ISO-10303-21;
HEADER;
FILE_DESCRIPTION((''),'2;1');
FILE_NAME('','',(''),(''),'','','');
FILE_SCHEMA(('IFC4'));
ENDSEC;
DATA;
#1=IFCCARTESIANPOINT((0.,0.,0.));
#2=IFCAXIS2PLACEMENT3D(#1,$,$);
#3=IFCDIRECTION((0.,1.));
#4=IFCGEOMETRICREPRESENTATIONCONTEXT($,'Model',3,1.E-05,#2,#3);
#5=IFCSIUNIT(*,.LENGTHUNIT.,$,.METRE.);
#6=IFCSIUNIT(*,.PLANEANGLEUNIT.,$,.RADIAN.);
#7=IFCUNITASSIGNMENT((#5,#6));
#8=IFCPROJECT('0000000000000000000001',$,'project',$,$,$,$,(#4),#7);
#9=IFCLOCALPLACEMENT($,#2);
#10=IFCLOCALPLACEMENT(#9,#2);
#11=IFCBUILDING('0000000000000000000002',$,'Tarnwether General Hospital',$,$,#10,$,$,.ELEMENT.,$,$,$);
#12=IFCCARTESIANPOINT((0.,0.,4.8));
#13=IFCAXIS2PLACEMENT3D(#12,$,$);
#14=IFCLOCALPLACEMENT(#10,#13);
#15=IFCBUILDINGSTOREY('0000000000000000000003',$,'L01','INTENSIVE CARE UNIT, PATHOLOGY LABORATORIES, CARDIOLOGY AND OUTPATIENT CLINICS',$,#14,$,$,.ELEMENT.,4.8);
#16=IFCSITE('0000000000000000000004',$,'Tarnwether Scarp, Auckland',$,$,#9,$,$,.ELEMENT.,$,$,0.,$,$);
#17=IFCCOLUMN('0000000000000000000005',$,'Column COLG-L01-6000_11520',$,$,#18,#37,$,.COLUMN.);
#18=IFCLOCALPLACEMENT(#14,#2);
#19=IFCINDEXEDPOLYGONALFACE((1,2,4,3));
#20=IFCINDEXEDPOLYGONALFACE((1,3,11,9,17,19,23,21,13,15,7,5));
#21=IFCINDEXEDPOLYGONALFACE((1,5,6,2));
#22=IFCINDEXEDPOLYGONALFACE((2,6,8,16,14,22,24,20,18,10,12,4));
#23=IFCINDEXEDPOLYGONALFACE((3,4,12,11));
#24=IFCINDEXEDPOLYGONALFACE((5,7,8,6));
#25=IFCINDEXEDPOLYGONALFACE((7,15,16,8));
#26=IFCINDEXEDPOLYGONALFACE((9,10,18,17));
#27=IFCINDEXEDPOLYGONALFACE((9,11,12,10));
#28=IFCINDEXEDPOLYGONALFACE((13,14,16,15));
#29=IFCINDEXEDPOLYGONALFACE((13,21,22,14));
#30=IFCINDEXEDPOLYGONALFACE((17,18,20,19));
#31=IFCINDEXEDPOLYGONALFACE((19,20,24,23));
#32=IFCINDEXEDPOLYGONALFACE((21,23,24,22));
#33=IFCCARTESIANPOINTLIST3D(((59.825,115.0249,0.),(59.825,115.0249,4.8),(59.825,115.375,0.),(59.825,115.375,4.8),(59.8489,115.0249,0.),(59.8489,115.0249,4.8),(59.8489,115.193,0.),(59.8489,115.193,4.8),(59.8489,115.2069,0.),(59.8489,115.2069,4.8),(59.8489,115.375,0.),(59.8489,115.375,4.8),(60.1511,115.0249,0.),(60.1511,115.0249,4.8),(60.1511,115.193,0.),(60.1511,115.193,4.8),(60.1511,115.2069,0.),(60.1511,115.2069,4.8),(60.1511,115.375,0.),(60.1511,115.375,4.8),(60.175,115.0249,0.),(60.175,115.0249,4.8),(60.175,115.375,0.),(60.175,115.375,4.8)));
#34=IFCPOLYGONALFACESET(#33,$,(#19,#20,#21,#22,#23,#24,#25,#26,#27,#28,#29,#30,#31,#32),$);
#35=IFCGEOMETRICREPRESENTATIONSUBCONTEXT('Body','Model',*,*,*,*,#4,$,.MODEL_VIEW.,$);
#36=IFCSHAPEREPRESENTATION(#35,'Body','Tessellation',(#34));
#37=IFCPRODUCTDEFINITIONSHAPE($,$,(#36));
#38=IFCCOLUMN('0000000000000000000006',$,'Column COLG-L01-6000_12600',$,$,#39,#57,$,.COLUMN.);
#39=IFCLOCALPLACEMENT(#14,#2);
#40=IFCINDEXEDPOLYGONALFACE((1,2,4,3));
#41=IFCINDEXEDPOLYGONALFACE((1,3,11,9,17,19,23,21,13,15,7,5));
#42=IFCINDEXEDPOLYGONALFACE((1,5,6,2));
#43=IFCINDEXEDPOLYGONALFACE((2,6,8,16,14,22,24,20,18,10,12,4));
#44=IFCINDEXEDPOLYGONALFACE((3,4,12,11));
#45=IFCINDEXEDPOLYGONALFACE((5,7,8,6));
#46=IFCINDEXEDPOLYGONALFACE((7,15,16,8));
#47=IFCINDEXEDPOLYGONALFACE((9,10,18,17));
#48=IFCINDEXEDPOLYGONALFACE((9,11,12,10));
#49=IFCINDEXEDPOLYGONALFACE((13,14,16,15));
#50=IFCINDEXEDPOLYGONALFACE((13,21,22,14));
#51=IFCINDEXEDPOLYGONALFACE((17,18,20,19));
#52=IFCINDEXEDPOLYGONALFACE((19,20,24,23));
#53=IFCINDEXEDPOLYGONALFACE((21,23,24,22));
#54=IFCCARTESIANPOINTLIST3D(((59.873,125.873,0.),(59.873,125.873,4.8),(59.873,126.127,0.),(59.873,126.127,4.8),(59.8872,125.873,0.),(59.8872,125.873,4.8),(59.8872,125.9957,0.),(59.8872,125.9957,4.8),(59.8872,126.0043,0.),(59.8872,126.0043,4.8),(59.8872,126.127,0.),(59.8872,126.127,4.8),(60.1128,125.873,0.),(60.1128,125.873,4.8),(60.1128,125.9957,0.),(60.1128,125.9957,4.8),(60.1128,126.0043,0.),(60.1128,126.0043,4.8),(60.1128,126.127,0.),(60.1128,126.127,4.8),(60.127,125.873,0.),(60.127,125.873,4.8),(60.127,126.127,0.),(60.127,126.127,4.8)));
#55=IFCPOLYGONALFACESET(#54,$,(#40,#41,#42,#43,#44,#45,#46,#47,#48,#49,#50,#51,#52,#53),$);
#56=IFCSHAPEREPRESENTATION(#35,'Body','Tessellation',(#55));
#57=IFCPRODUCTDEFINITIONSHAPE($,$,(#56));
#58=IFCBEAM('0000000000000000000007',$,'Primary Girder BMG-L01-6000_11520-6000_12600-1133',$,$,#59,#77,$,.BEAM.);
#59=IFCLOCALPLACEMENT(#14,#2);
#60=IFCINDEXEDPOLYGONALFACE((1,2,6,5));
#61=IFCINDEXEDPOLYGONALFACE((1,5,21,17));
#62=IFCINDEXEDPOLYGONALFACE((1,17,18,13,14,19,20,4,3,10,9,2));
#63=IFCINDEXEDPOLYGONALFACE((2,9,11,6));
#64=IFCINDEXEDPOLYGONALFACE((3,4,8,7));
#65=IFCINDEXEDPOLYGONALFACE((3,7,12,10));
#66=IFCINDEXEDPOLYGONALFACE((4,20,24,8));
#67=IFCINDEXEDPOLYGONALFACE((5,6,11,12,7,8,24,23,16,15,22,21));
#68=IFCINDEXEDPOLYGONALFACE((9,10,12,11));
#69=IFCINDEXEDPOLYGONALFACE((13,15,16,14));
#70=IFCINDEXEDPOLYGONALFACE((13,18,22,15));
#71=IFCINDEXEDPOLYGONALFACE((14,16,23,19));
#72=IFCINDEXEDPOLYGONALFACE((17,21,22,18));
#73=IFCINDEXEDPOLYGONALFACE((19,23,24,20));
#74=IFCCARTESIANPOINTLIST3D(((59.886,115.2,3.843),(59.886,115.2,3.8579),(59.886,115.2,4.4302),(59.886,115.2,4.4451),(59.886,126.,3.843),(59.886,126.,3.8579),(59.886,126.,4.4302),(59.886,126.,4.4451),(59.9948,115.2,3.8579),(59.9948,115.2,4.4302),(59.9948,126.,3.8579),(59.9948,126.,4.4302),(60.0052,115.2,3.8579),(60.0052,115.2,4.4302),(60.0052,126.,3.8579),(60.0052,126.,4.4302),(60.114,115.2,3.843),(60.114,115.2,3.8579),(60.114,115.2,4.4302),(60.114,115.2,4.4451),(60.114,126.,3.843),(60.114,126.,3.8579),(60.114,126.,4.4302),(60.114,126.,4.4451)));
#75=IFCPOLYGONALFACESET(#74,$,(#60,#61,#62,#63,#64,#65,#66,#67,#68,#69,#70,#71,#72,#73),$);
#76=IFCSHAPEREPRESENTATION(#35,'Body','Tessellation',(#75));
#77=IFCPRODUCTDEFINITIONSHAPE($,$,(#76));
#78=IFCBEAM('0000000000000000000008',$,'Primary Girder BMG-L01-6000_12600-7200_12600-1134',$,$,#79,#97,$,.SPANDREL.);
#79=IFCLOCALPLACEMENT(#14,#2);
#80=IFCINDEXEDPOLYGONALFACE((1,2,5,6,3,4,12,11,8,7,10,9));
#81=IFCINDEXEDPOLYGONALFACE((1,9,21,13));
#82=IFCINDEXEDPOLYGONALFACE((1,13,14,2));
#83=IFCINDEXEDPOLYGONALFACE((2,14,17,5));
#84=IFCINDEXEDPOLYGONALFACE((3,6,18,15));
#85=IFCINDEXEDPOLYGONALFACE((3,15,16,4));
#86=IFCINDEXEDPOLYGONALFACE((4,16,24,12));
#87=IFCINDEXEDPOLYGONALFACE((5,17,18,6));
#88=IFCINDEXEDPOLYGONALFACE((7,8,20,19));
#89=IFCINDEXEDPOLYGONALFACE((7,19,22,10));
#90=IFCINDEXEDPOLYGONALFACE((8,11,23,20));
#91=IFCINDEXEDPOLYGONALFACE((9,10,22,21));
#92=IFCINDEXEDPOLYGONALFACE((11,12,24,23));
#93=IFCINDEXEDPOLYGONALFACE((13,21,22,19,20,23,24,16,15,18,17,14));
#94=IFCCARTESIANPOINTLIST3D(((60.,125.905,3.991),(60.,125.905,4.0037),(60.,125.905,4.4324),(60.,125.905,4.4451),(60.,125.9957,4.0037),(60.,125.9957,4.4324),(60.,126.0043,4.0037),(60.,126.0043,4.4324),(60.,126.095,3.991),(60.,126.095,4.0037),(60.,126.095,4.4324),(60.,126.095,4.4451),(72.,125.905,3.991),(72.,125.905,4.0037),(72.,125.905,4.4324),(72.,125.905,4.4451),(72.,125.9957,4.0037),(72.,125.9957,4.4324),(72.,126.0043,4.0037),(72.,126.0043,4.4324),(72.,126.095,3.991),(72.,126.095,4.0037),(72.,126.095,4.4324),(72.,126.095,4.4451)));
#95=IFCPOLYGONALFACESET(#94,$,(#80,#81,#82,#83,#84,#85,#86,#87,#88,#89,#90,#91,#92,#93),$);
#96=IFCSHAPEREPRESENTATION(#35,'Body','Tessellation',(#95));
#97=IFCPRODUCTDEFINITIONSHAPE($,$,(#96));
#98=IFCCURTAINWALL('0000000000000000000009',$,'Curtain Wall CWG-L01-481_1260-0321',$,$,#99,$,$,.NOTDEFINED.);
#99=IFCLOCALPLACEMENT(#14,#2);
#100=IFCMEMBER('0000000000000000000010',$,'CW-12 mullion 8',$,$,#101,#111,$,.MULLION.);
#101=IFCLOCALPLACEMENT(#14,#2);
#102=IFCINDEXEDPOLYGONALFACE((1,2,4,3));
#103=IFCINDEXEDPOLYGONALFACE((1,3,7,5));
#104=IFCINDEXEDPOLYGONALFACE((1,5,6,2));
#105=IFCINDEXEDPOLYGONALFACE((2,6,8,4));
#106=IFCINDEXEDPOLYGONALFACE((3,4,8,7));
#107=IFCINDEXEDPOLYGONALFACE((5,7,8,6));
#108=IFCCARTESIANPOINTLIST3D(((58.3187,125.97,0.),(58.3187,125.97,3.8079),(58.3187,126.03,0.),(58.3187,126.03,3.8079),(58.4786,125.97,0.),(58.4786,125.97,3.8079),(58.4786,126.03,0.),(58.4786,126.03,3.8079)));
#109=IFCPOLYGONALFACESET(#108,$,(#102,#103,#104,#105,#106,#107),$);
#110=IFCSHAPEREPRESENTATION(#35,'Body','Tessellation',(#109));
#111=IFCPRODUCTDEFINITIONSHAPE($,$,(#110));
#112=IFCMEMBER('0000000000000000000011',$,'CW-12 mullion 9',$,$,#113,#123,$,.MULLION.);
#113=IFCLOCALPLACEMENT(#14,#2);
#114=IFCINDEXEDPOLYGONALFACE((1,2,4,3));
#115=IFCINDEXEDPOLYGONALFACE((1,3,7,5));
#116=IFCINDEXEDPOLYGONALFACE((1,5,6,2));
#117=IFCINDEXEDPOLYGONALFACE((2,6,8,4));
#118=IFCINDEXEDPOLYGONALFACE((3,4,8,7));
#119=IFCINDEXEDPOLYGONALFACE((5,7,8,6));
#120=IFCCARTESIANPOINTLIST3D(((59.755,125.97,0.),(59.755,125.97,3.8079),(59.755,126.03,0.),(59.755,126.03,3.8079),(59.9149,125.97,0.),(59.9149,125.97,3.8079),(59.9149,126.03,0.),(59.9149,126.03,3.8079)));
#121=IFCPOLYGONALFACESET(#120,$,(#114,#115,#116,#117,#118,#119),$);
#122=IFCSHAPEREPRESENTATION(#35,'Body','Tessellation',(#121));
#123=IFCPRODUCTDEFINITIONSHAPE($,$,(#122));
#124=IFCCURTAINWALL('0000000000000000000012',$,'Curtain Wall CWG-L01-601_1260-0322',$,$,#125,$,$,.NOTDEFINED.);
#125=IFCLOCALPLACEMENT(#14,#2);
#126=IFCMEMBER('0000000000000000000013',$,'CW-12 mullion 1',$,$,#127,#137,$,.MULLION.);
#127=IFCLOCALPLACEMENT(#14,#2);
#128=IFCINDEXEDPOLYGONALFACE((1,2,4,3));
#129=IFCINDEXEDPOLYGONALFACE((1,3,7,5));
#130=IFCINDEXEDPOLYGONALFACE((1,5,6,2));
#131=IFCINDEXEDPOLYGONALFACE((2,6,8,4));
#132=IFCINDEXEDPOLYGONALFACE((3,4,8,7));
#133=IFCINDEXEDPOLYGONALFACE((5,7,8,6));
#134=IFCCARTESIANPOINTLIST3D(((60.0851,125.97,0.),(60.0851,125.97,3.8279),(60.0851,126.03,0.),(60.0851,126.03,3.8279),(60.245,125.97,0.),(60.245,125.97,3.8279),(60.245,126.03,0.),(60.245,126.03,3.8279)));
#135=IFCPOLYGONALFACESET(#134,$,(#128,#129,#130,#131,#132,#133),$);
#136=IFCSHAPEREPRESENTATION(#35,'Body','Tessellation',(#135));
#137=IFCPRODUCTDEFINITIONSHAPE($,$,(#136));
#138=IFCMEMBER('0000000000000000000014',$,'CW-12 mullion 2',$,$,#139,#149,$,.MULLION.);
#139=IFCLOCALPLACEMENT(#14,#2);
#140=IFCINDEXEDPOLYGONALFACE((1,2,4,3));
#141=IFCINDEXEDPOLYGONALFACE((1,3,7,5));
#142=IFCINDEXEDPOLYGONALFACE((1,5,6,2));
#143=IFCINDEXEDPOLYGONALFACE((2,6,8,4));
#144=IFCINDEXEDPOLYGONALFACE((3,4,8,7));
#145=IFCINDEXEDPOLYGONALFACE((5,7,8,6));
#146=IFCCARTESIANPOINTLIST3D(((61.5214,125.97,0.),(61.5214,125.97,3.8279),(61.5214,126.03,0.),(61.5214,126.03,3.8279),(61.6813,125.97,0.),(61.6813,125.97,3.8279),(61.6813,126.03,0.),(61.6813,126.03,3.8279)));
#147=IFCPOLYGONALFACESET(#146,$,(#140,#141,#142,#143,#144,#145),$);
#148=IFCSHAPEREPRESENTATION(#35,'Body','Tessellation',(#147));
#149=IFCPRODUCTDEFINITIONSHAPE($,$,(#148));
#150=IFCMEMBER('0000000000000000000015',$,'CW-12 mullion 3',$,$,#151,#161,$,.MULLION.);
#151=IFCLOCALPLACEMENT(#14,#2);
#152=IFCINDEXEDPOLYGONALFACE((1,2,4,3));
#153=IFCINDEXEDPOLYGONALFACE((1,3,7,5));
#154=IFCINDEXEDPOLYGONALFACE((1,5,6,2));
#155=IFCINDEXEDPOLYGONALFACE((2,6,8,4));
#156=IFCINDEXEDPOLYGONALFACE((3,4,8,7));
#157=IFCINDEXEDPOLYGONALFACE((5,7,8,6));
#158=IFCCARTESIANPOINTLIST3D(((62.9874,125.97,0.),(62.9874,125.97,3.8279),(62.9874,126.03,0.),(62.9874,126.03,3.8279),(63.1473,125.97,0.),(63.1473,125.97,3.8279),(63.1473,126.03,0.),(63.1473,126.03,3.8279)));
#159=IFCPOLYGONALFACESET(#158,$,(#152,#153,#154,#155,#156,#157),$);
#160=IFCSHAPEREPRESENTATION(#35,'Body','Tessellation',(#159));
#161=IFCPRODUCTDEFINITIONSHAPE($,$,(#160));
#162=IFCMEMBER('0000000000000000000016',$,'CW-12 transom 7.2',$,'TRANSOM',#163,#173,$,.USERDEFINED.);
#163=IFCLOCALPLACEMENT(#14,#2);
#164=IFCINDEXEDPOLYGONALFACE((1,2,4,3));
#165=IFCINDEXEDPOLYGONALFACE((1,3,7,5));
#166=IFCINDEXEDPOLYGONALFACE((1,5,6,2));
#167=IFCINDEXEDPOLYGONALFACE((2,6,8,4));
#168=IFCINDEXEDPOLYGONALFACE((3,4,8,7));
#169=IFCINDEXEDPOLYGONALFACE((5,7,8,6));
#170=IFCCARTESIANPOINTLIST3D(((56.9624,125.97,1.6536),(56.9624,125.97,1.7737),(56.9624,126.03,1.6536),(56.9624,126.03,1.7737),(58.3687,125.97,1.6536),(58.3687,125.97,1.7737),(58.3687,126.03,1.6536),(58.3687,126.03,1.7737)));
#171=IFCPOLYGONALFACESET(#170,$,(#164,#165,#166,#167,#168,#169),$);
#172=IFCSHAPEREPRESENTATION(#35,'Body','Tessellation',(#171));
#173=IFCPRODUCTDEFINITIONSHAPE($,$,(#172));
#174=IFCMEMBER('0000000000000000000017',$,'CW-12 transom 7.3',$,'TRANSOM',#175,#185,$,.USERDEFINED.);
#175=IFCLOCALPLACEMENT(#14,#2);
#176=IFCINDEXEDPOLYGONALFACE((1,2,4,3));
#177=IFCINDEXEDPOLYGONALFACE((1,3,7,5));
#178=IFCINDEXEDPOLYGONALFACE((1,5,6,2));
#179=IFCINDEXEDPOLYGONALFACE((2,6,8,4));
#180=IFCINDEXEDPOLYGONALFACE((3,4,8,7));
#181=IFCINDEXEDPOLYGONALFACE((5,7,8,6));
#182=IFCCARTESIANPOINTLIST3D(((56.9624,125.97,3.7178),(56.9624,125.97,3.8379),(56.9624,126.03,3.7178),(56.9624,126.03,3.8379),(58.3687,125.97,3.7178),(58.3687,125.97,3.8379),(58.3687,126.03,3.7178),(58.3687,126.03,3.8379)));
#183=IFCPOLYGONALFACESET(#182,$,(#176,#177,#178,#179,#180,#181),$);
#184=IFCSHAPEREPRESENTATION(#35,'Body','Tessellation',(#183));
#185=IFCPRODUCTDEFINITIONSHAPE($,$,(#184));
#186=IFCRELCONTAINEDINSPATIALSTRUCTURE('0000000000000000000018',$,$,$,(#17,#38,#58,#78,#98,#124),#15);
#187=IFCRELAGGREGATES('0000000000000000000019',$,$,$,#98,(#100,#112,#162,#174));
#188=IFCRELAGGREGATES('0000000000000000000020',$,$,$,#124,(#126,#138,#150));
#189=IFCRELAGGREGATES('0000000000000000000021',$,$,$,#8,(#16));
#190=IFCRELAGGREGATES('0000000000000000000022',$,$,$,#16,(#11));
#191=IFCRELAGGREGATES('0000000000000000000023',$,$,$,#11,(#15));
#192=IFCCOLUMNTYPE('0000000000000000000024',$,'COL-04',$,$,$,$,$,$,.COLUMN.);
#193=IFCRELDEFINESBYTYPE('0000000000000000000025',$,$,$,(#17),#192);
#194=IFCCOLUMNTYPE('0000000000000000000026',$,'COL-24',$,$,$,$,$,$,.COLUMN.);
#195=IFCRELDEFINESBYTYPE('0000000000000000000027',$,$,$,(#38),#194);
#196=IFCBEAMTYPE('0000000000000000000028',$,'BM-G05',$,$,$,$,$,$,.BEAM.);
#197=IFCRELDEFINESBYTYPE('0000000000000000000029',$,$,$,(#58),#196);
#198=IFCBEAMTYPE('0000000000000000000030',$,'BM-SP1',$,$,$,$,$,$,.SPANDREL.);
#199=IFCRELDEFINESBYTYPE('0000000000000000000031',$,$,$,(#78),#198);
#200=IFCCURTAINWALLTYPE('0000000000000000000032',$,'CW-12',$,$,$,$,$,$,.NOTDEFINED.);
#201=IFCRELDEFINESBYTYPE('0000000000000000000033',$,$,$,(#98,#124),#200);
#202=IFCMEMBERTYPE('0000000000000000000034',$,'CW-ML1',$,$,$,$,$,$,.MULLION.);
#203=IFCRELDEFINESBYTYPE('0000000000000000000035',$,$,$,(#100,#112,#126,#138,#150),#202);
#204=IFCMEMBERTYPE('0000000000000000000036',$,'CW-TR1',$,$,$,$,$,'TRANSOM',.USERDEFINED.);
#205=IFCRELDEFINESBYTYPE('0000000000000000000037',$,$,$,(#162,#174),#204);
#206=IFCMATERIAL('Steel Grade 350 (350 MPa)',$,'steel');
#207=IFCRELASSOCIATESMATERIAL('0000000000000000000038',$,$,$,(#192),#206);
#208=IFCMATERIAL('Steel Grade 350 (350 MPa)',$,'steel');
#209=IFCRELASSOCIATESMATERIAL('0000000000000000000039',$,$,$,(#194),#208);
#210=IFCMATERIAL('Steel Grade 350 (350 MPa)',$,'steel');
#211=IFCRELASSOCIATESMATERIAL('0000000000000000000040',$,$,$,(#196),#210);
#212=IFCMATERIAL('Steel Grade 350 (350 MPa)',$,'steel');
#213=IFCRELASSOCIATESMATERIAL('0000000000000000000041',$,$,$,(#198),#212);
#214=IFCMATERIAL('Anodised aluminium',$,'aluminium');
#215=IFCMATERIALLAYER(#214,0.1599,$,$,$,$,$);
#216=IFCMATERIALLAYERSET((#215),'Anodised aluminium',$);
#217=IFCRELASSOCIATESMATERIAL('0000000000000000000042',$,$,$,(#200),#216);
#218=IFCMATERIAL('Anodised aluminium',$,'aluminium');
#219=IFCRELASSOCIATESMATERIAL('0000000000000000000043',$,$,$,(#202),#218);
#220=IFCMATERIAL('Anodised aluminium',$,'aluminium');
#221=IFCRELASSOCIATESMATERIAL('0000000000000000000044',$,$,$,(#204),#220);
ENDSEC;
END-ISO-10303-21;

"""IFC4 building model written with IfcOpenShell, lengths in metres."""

from ifc_helpers import new_model, si_unit, direction, frame, origin, origin_2d, place, context, subcontext, project, spatial, rectangle, i_section, extrude, material, layer, layer_set, material_profile, profile_set, type_object, element, aggregate, save


model = new_model("IFC4")

# Units and contexts
model_context = context("Model", 3, precision=1e-05, world=origin(), true_north=direction((0.0, 1.0)))
body_context = subcontext(model_context, "Body", "Model", "MODEL_VIEW")
ifc_project = project(units=[si_unit("LENGTHUNIT", "METRE"), si_unit("PLANEANGLEUNIT", "RADIAN")], contexts=[model_context])

# Site, building, storey
site_placement = place(None, origin())
site = spatial("IfcSite", under=ifc_project, at=site_placement, Name="Tarnwether Scarp, Auckland", CompositionType="ELEMENT", RefElevation=0.0)
building_placement = place(site_placement, origin())
building = spatial("IfcBuilding", under=site, at=building_placement, Name="Tarnwether General Hospital", CompositionType="ELEMENT")
storey_placement = place(building_placement, frame((0.0, 0.0, 4.8)))
storey = spatial("IfcBuildingStorey", under=building, at=storey_placement, Name="L01", Description="INTENSIVE CARE UNIT, PATHOLOGY LABORATORIES, CARDIOLOGY AND OUTPATIENT CLINICS", CompositionType="ELEMENT", Elevation=4.8)

# Columns
ifc_material_1 = material(Name="Steel Grade 350 (350 MPa)", Category="steel")
ifc_material_profile_1 = material_profile(ifc_material_1, i_section(OverallWidth=0.3501, OverallDepth=0.3501, WebThickness=0.0139, FlangeThickness=0.0239, at=origin_2d()), Name="350WC197")
ifc_profile_set_1 = profile_set([ifc_material_profile_1], Name="Steel Grade 350 (350 MPa)")
column_type_1 = type_object("IfcColumnType", Name="COL-04", PredefinedType="COLUMN", material=ifc_profile_set_1)
column_1_placement = place(storey_placement, frame((60.0, 115.2, 0.0), z_axis=(0.0, 0.0, 1.0), x_axis=(0.0, 1.0, 0.0)))
element("IfcColumn", 1, at=column_1_placement, inside=storey, type_object=column_type_1, Name="Column COLG-L01-6000_11520", PredefinedType="COLUMN", context=body_context, shape_type="SweptSolid", body=[
    extrude(i_section(OverallWidth=0.3501, OverallDepth=0.3501, WebThickness=0.0139, FlangeThickness=0.0239, at=origin_2d()), origin(), (0.0, 0.0, 1.0), 4.8),
])
ifc_material_2 = material(Name="Steel Grade 350 (350 MPa)", Category="steel")
ifc_material_profile_2 = material_profile(ifc_material_2, i_section(OverallWidth=0.2539, OverallDepth=0.2539, WebThickness=0.0085, FlangeThickness=0.0142, at=origin_2d()), Name="250UC72.9")
ifc_profile_set_2 = profile_set([ifc_material_profile_2], Name="Steel Grade 350 (350 MPa)")
column_type_2 = type_object("IfcColumnType", Name="COL-24", PredefinedType="COLUMN", material=ifc_profile_set_2)
column_2_placement = place(storey_placement, frame((60.0, 126.0, 0.0), z_axis=(0.0, 0.0, 1.0), x_axis=(0.0, 1.0, 0.0)))
element("IfcColumn", 2, at=column_2_placement, inside=storey, type_object=column_type_2, Name="Column COLG-L01-6000_12600", PredefinedType="COLUMN", context=body_context, shape_type="SweptSolid", body=[
    extrude(i_section(OverallWidth=0.2539, OverallDepth=0.2539, WebThickness=0.0085, FlangeThickness=0.0142, at=origin_2d()), origin(), (0.0, 0.0, 1.0), 4.8),
])

# Beams
ifc_material_3 = material(Name="Steel Grade 350 (350 MPa)", Category="steel")
ifc_material_profile_3 = material_profile(ifc_material_3, i_section(OverallWidth=0.228, OverallDepth=0.6021, WebThickness=0.0105, FlangeThickness=0.0149, at=origin_2d()), Name="610UB101")
ifc_profile_set_3 = profile_set([ifc_material_profile_3], Name="Steel Grade 350 (350 MPa)")
beam_type_1 = type_object("IfcBeamType", Name="BM-G05", PredefinedType="BEAM", material=ifc_profile_set_3)
beam_1_placement = place(storey_placement, frame((60.0, 115.2, 4.144), z_axis=(0.0, 1.0, 0.0), x_axis=(-1.0, 0.0, 0.0)))
element("IfcBeam", 3, at=beam_1_placement, inside=storey, type_object=beam_type_1, Name="Primary Girder BMG-L01-6000_11520-6000_12600-1133", PredefinedType="BEAM", context=body_context, shape_type="SweptSolid", body=[
    extrude(i_section(OverallWidth=0.228, OverallDepth=0.6021, WebThickness=0.0105, FlangeThickness=0.0149, at=origin_2d()), origin(), (0.0, 0.0, 1.0), 10.8),
])
ifc_material_4 = material(Name="Steel Grade 350 (350 MPa)", Category="steel")
ifc_material_profile_4 = material_profile(ifc_material_4, i_section(OverallWidth=0.1899, OverallDepth=0.4541, WebThickness=0.0085, FlangeThickness=0.0127, at=origin_2d()), Name="460UB67.1")
ifc_profile_set_4 = profile_set([ifc_material_profile_4], Name="Steel Grade 350 (350 MPa)")
beam_type_2 = type_object("IfcBeamType", Name="BM-SP1", PredefinedType="SPANDREL", material=ifc_profile_set_4)
beam_2_placement = place(storey_placement, frame((60.0, 126.0, 4.218), z_axis=(1.0, 0.0, 0.0), x_axis=(0.0, 1.0, 0.0)))
element("IfcBeam", 4, at=beam_2_placement, inside=storey, type_object=beam_type_2, Name="Primary Girder BMG-L01-6000_12600-7200_12600-1134", PredefinedType="SPANDREL", context=body_context, shape_type="SweptSolid", body=[
    extrude(i_section(OverallWidth=0.1899, OverallDepth=0.4541, WebThickness=0.0085, FlangeThickness=0.0127, at=origin_2d()), origin(), (0.0, 0.0, 1.0), 12.0),
])

# Curtain walls, members
ifc_material_5 = material(Name="Anodised aluminium", Category="aluminium")
ifc_layer_1 = layer(ifc_material_5, 0.1599)
ifc_layer_set_1 = layer_set([ifc_layer_1], Name="Anodised aluminium")
curtain_wall_type = type_object("IfcCurtainWallType", Name="CW-12", PredefinedType="NOTDEFINED", material=ifc_layer_set_1)
curtain_wall_1_placement = place(storey_placement, origin())
curtain_wall_1 = element("IfcCurtainWall", 5, at=curtain_wall_1_placement, inside=storey, type_object=curtain_wall_type, Name="Curtain Wall CWG-L01-481_1260-0321", PredefinedType="NOTDEFINED")
ifc_material_6 = material(Name="Anodised aluminium", Category="aluminium")
ifc_material_profile_5 = material_profile(ifc_material_6, rectangle(XDim=0.0601, YDim=0.1599, at=origin_2d()), Name="ALU-MUL-60x160")
ifc_profile_set_5 = profile_set([ifc_material_profile_5], Name="Anodised aluminium")
member_type_1 = type_object("IfcMemberType", Name="CW-ML1", PredefinedType="MULLION", material=ifc_profile_set_5)
member_1_placement = place(storey_placement, frame((58.3987, 126.0, 0.0), z_axis=(0.0, 0.0, 1.0), x_axis=(0.0, 1.0, 0.0)))
member_1 = element("IfcMember", 6, at=member_1_placement, type_object=member_type_1, Name="CW-12 mullion 8", PredefinedType="MULLION", context=body_context, shape_type="SweptSolid", body=[
    extrude(rectangle(XDim=0.0601, YDim=0.1599, at=origin_2d()), origin(), (0.0, 0.0, 1.0), 3.8079),
])
member_2_placement = place(storey_placement, frame((59.835, 126.0, 0.0), z_axis=(0.0, 0.0, 1.0), x_axis=(0.0, 1.0, 0.0)))
member_2 = element("IfcMember", 7, at=member_2_placement, type_object=member_type_1, Name="CW-12 mullion 9", PredefinedType="MULLION", context=body_context, shape_type="SweptSolid", body=[
    extrude(rectangle(XDim=0.0601, YDim=0.1599, at=origin_2d()), origin(), (0.0, 0.0, 1.0), 3.8079),
])
curtain_wall_2_placement = place(storey_placement, origin())
curtain_wall_2 = element("IfcCurtainWall", 8, at=curtain_wall_2_placement, inside=storey, type_object=curtain_wall_type, Name="Curtain Wall CWG-L01-601_1260-0322", PredefinedType="NOTDEFINED")
member_3_placement = place(storey_placement, frame((60.165, 126.0, 0.0), z_axis=(0.0, 0.0, 1.0), x_axis=(0.0, 1.0, 0.0)))
member_3 = element("IfcMember", 9, at=member_3_placement, type_object=member_type_1, Name="CW-12 mullion 1", PredefinedType="MULLION", context=body_context, shape_type="SweptSolid", body=[
    extrude(rectangle(XDim=0.0601, YDim=0.1599, at=origin_2d()), origin(), (0.0, 0.0, 1.0), 3.8279),
])
member_4_placement = place(storey_placement, frame((61.6013, 126.0, 0.0), z_axis=(0.0, 0.0, 1.0), x_axis=(0.0, 1.0, 0.0)))
member_4 = element("IfcMember", 10, at=member_4_placement, type_object=member_type_1, Name="CW-12 mullion 2", PredefinedType="MULLION", context=body_context, shape_type="SweptSolid", body=[
    extrude(rectangle(XDim=0.0601, YDim=0.1599, at=origin_2d()), origin(), (0.0, 0.0, 1.0), 3.8279),
])
member_5_placement = place(storey_placement, frame((63.0674, 126.0, 0.0), z_axis=(0.0, 0.0, 1.0), x_axis=(0.0, 1.0, 0.0)))
member_5 = element("IfcMember", 11, at=member_5_placement, type_object=member_type_1, Name="CW-12 mullion 3", PredefinedType="MULLION", context=body_context, shape_type="SweptSolid", body=[
    extrude(rectangle(XDim=0.0601, YDim=0.1599, at=origin_2d()), origin(), (0.0, 0.0, 1.0), 3.8279),
])

# Members
ifc_material_7 = material(Name="Anodised aluminium", Category="aluminium")
ifc_material_profile_6 = material_profile(ifc_material_7, rectangle(XDim=0.0601, YDim=0.1201, at=origin_2d()), Name="ALU-TRN-60x120")
ifc_profile_set_6 = profile_set([ifc_material_profile_6], Name="Anodised aluminium")
member_type_2 = type_object("IfcMemberType", Name="CW-TR1", ElementType="TRANSOM", PredefinedType="USERDEFINED", material=ifc_profile_set_6)
member_6_placement = place(storey_placement, frame((56.9624, 126.0, 1.7136), z_axis=(1.0, 0.0, 0.0), x_axis=(0.0, 1.0, 0.0)))
member_6 = element("IfcMember", 12, at=member_6_placement, type_object=member_type_2, Name="CW-12 transom 7.2", ObjectType="TRANSOM", PredefinedType="USERDEFINED", context=body_context, shape_type="SweptSolid", body=[
    extrude(rectangle(XDim=0.0601, YDim=0.1201, at=origin_2d()), origin(), (0.0, 0.0, 1.0), 1.4062),
])
member_7_placement = place(storey_placement, frame((56.9624, 126.0, 3.7778), z_axis=(1.0, 0.0, 0.0), x_axis=(0.0, 1.0, 0.0)))
member_7 = element("IfcMember", 13, at=member_7_placement, type_object=member_type_2, Name="CW-12 transom 7.3", ObjectType="TRANSOM", PredefinedType="USERDEFINED", context=body_context, shape_type="SweptSolid", body=[
    extrude(rectangle(XDim=0.0601, YDim=0.1201, at=origin_2d()), origin(), (0.0, 0.0, 1.0), 1.4062),
])

aggregate(curtain_wall_1, [member_1, member_2, member_6, member_7])
aggregate(curtain_wall_2, [member_3, member_4, member_5])

save(model, "model.ifc")
